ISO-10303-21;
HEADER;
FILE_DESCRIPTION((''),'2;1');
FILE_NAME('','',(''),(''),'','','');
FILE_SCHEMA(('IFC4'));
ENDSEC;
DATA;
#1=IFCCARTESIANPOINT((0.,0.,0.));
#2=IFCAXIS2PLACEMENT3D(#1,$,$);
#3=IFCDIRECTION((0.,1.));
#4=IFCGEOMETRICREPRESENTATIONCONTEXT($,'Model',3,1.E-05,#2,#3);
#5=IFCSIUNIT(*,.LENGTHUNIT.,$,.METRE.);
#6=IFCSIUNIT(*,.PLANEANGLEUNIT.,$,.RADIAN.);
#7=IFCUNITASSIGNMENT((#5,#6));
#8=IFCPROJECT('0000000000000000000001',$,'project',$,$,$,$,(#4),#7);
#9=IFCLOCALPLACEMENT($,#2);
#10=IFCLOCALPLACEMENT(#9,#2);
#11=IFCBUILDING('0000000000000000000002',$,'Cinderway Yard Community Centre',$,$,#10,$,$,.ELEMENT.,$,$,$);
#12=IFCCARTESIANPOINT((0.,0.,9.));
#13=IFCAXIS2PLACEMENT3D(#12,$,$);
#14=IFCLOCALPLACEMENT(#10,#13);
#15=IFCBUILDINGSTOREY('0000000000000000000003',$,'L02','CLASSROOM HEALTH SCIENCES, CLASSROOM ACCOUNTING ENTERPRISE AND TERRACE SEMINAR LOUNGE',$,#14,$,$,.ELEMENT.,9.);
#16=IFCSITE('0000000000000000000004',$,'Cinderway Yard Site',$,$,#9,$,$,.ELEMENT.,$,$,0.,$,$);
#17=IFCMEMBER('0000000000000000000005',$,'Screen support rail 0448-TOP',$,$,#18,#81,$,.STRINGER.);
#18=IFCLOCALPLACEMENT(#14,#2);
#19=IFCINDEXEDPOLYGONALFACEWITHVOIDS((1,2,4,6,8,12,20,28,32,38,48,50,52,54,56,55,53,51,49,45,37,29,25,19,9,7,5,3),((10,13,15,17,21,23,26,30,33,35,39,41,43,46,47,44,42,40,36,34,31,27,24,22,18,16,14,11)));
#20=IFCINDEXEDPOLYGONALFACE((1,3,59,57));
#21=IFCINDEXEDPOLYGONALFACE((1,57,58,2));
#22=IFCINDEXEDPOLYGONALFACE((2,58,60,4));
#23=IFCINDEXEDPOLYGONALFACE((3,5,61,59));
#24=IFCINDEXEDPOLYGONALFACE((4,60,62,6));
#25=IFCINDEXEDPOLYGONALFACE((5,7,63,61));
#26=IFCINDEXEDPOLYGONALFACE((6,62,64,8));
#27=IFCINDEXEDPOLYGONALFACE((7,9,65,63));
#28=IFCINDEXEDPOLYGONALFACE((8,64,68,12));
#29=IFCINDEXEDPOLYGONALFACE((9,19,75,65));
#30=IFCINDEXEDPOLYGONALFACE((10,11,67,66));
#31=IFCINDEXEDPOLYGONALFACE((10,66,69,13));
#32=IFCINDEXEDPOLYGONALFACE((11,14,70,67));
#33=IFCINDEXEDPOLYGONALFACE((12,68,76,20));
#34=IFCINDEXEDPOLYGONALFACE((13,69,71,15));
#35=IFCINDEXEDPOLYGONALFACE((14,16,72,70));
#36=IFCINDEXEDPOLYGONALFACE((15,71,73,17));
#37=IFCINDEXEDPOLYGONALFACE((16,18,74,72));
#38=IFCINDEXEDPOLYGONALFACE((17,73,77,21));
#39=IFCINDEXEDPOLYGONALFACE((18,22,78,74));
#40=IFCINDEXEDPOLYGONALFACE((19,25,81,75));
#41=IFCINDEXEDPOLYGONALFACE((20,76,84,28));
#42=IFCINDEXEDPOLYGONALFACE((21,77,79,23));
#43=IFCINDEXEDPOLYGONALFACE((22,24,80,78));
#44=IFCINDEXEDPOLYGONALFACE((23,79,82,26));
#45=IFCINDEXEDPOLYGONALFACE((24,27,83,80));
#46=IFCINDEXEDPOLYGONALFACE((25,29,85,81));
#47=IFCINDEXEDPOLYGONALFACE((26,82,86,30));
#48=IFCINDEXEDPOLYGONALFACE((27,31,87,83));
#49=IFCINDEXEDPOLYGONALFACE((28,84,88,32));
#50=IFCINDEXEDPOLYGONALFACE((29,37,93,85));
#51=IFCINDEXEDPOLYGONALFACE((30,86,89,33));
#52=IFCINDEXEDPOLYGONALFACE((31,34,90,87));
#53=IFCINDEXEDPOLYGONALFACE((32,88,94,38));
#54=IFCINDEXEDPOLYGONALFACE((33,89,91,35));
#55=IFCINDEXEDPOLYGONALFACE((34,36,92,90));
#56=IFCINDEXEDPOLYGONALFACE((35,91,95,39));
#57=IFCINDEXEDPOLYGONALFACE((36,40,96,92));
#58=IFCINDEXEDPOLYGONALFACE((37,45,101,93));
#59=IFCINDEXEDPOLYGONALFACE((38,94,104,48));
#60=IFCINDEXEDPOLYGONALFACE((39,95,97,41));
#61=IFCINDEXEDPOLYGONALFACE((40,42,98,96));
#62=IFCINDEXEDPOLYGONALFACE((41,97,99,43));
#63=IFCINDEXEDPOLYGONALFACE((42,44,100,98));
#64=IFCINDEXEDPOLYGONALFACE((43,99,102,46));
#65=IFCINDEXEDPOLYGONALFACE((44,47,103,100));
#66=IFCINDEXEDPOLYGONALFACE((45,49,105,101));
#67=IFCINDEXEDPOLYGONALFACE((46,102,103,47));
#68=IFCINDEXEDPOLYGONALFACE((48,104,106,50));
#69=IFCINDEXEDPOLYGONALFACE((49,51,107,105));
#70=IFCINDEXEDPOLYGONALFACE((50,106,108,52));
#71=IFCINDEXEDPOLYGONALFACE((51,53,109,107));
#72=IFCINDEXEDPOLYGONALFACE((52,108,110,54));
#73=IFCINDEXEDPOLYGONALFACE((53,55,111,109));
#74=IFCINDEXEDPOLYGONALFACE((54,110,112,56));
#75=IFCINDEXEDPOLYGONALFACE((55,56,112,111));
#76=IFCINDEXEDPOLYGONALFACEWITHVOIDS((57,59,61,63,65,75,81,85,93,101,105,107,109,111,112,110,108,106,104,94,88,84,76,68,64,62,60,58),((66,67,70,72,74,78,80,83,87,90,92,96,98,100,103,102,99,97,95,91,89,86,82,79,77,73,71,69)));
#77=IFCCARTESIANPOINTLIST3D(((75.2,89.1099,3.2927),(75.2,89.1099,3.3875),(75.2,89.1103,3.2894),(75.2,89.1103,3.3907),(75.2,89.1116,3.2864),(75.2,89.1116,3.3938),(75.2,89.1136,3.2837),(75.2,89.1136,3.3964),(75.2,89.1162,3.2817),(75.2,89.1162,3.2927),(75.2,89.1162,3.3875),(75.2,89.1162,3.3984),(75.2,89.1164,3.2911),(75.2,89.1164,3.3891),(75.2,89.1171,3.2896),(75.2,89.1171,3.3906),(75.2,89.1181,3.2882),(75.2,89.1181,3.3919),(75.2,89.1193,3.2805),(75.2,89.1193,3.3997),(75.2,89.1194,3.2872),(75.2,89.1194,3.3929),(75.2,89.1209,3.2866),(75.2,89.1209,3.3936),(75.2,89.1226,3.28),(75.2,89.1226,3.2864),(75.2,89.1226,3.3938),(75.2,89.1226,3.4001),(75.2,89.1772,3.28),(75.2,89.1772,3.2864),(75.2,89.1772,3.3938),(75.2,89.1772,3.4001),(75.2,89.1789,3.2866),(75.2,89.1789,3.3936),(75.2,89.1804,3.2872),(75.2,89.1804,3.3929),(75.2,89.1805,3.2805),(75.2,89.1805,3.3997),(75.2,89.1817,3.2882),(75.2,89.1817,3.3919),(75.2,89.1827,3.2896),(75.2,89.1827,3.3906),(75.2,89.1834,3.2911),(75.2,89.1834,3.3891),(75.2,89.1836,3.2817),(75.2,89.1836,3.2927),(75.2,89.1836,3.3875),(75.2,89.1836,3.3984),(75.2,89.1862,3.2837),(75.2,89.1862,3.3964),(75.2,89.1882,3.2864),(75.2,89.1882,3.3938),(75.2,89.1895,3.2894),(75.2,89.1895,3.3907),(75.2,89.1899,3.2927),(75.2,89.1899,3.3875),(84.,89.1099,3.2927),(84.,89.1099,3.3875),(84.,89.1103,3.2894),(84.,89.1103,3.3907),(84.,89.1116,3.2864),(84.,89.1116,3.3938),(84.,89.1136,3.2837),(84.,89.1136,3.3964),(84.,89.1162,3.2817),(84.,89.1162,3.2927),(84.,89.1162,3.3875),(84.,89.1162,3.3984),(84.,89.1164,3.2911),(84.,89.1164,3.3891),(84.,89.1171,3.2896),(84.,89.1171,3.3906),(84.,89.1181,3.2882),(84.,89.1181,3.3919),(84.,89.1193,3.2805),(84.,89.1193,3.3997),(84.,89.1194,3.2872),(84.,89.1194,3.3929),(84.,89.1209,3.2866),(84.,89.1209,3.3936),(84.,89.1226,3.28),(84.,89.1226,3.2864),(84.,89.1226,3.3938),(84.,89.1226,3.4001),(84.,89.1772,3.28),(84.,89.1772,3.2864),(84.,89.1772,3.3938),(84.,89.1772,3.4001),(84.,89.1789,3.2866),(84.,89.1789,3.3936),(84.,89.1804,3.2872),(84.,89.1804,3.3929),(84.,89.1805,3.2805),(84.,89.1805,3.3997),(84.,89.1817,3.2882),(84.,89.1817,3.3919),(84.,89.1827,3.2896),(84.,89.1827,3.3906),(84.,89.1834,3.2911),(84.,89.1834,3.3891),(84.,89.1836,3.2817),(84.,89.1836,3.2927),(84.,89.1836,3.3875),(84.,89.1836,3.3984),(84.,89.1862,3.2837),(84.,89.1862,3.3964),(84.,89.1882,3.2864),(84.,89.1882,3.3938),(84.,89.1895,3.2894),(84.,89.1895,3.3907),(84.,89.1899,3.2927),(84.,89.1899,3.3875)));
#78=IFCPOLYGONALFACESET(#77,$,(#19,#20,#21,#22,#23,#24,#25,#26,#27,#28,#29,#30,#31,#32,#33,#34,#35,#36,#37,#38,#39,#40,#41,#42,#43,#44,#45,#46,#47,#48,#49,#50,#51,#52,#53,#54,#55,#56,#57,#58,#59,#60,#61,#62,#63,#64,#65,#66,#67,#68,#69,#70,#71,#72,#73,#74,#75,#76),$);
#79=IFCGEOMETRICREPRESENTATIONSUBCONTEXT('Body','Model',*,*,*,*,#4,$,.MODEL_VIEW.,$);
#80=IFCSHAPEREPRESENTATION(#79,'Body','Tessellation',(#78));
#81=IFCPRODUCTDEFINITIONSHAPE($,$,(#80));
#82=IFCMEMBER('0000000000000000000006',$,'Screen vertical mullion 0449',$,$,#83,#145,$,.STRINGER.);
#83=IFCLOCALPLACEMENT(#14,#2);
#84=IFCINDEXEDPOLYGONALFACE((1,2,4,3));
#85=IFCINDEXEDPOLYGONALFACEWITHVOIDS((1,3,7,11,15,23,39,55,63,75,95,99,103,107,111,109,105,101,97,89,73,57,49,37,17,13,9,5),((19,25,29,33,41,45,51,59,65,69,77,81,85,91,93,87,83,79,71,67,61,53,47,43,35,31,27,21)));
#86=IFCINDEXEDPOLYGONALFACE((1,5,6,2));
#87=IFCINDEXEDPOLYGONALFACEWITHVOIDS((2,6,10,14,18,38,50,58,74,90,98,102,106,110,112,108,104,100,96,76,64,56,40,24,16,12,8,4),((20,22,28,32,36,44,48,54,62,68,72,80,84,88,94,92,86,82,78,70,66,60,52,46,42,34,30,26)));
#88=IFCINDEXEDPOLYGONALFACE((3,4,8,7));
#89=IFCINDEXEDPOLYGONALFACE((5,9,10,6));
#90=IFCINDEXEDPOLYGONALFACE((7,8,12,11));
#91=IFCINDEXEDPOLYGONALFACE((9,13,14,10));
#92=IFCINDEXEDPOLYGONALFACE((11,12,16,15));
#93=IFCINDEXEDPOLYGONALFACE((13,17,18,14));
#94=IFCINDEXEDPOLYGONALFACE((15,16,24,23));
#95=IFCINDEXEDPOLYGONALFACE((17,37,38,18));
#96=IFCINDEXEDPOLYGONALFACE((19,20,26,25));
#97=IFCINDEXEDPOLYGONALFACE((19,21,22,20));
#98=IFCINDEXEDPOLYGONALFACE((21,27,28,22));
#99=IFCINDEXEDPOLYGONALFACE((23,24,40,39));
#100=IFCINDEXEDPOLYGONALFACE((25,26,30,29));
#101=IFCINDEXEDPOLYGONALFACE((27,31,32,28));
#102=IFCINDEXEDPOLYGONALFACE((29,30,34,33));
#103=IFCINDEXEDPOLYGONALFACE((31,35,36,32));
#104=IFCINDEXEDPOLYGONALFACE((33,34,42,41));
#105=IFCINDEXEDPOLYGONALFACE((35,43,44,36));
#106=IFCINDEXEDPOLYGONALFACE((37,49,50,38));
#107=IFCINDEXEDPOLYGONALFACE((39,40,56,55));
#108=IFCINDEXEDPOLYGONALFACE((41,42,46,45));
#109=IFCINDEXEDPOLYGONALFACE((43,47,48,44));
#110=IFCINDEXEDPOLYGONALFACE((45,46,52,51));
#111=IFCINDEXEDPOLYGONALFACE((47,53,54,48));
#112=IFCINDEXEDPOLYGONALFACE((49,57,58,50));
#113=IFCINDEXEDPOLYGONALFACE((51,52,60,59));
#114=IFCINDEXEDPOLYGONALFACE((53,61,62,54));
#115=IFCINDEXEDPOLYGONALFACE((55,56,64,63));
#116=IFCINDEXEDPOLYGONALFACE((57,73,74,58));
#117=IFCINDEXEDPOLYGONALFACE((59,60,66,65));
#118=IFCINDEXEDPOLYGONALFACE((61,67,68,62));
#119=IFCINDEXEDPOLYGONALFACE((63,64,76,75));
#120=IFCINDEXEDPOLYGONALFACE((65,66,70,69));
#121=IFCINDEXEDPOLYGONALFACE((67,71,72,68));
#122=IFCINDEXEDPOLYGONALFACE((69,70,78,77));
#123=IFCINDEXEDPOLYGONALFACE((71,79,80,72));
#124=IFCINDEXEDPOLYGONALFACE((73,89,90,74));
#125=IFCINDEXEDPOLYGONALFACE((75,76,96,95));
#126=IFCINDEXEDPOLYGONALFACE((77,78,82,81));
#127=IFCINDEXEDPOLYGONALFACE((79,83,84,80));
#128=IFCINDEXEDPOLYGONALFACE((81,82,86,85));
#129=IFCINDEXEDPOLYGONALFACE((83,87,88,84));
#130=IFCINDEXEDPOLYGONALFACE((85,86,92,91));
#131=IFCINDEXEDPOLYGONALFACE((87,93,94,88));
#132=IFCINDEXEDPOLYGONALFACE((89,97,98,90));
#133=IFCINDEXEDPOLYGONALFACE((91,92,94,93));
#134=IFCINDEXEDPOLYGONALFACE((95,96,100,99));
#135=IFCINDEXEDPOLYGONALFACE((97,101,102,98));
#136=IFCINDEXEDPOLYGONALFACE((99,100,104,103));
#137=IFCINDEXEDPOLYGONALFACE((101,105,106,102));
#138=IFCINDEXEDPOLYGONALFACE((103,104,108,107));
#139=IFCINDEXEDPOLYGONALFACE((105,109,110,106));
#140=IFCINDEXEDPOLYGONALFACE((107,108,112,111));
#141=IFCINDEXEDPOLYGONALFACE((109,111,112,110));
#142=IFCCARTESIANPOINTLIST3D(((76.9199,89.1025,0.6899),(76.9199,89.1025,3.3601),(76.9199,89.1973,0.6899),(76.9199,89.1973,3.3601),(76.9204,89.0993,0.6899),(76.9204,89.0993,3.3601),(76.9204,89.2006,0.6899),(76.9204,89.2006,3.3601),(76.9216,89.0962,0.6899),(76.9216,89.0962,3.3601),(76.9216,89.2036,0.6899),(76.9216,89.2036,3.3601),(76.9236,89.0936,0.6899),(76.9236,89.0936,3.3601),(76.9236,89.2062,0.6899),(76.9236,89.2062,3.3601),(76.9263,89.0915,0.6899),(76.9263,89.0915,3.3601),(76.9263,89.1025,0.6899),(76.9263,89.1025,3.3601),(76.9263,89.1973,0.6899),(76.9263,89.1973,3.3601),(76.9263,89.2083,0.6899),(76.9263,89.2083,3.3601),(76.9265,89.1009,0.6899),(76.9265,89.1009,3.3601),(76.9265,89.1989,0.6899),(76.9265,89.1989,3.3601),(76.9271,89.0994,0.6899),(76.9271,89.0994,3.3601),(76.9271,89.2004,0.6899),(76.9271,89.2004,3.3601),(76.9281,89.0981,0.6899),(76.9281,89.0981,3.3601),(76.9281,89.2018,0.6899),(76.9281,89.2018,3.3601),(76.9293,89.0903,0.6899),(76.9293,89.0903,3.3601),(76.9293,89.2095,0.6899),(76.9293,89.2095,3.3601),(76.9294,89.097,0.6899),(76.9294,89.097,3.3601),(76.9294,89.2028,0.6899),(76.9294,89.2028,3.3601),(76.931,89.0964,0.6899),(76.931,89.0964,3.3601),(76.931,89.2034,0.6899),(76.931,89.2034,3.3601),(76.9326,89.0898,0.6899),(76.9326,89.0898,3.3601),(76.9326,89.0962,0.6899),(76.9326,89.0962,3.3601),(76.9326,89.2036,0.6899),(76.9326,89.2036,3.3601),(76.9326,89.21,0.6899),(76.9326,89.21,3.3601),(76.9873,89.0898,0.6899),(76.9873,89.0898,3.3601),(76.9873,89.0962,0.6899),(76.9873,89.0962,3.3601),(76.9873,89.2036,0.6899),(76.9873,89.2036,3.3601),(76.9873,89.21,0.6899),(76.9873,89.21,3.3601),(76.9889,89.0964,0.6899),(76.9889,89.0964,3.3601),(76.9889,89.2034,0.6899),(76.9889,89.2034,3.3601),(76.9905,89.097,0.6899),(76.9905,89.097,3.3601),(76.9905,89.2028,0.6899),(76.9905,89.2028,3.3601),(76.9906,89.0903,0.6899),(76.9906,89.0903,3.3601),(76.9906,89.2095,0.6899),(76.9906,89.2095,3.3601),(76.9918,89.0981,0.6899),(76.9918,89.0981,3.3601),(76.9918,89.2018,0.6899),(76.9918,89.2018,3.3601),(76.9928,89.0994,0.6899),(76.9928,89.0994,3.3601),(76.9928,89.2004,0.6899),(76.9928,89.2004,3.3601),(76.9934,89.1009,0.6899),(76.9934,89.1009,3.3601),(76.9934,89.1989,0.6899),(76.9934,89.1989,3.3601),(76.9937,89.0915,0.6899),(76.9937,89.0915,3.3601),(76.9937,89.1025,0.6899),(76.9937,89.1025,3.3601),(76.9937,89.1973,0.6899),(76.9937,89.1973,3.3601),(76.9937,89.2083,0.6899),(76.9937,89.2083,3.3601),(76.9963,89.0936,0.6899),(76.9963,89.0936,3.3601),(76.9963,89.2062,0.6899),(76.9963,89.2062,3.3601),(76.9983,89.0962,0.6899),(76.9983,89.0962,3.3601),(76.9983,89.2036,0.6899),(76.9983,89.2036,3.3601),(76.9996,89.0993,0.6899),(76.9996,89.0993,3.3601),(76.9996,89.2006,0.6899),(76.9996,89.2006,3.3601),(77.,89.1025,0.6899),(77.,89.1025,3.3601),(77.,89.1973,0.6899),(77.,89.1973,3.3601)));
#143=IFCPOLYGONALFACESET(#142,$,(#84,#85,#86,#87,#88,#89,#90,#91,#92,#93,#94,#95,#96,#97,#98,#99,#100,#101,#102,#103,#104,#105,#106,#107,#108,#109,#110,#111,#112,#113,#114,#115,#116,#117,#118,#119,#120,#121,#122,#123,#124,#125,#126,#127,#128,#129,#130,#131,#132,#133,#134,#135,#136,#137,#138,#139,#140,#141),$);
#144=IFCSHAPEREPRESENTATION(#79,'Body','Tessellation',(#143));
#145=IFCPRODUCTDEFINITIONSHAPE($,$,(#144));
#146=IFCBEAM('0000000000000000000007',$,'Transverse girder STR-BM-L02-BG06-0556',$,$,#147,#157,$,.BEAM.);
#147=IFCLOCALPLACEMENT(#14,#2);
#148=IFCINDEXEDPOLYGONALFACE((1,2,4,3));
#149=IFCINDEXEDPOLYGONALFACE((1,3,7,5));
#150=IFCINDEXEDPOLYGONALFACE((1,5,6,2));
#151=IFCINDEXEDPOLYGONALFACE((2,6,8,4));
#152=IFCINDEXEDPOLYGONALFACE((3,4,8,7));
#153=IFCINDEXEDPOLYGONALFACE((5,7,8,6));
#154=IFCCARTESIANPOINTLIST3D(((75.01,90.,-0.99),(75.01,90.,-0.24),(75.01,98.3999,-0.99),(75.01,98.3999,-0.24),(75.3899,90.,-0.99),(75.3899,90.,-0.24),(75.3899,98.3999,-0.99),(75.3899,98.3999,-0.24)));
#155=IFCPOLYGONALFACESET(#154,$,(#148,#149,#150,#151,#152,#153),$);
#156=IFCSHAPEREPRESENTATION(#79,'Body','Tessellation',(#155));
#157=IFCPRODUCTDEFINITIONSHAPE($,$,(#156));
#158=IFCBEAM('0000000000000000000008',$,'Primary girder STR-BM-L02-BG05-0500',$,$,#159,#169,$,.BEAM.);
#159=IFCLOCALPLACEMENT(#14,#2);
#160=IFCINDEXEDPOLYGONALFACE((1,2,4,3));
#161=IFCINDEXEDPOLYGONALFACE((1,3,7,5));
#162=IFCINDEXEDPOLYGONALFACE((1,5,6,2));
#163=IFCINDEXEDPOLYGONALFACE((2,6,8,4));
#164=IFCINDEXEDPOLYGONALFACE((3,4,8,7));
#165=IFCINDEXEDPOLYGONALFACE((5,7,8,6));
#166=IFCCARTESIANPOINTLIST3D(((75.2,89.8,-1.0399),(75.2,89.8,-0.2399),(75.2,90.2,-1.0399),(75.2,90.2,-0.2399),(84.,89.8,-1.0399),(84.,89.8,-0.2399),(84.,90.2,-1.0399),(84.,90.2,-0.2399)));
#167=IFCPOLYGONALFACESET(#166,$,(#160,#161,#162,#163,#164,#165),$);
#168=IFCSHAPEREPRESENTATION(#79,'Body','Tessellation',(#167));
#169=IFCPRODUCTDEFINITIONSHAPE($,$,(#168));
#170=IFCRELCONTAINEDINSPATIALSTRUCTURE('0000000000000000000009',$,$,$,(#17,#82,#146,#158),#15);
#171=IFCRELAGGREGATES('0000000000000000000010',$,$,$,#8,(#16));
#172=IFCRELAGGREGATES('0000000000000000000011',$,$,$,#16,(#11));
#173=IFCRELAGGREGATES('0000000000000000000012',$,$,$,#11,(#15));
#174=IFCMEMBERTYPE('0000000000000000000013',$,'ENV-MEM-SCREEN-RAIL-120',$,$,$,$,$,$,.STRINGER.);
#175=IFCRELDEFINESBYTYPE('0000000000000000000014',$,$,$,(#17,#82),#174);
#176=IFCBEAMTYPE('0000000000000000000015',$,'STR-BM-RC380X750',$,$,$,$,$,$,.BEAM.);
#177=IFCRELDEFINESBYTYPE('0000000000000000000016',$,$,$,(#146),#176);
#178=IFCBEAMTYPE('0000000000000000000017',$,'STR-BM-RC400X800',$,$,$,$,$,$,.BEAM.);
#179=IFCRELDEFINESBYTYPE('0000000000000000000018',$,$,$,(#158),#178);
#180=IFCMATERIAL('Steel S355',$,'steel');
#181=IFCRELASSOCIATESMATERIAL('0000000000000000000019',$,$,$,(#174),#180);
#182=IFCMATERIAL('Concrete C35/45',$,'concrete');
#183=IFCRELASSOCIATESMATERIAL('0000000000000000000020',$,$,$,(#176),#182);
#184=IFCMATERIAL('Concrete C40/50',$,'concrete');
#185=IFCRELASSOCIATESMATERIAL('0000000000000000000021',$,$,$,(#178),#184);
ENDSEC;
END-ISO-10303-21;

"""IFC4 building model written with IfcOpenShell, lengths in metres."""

from ifc_helpers import new_model, si_unit, direction, frame, origin, origin_2d, place, context, subcontext, project, spatial, rectangle, hollow_rectangle, extrude, material, material_profile, profile_set, type_object, element, save


model = new_model("IFC4")

# Units and contexts
model_context = context("Model", 3, precision=1e-05, world=origin(), true_north=direction((0.0, 1.0)))
body_context = subcontext(model_context, "Body", "Model", "MODEL_VIEW")
ifc_project = project(units=[si_unit("LENGTHUNIT", "METRE"), si_unit("PLANEANGLEUNIT", "RADIAN")], contexts=[model_context])

# Site, building, storey
site_placement = place(None, origin())
site = spatial("IfcSite", under=ifc_project, at=site_placement, Name="Cinderway Yard Site", CompositionType="ELEMENT", RefElevation=0.0)
building_placement = place(site_placement, origin())
building = spatial("IfcBuilding", under=site, at=building_placement, Name="Cinderway Yard Community Centre", CompositionType="ELEMENT")
storey_placement = place(building_placement, frame((0.0, 0.0, 9.0)))
storey = spatial("IfcBuildingStorey", under=building, at=storey_placement, Name="L02", Description="CLASSROOM HEALTH SCIENCES, CLASSROOM ACCOUNTING ENTERPRISE AND TERRACE SEMINAR LOUNGE", CompositionType="ELEMENT", Elevation=9.0)

# Shared definitions
ifc_material_1 = material(Name="Concrete C40/50", Category="concrete")

# Members
ifc_material_2 = material(Name="Steel S355", Category="steel")
ifc_material_profile_1 = material_profile(ifc_material_2, hollow_rectangle(XDim=0.0801, YDim=0.1201, WallThickness=0.0063, InnerFilletRadius=0.0063, OuterFilletRadius=0.0127, at=origin_2d()), Name="Steel S355")
ifc_profile_set_1 = profile_set([ifc_material_profile_1], Name="Steel S355")
member_type_1 = type_object("IfcMemberType", Name="ENV-MEM-SCREEN-RAIL-120", PredefinedType="STRINGER", material=ifc_profile_set_1)
for number, where, z_axis, x_axis, name in (
    (1, (75.2, 89.1499, 3.3401), (1.0, 0.0, 0.0), (0.0, 1.0, 0.0), "Screen support rail 0448-TOP"),
):
    element("IfcMember", number, at=place(storey_placement, frame(where, z_axis=z_axis, x_axis=x_axis)), inside=storey, type_object=member_type_1, Name=name, PredefinedType="STRINGER", context=body_context, shape_type="SweptSolid", body=[
        extrude(hollow_rectangle(XDim=0.0801, YDim=0.1201, WallThickness=0.0063, InnerFilletRadius=0.0063, OuterFilletRadius=0.0127, at=origin_2d()), origin(), (0.0, 0.0, 1.0), 8.8),
    ])
member_1_placement = place(storey_placement, frame((76.96, 89.1499, 0.6899), z_axis=(0.0, 0.0, 1.0), x_axis=(1.0, 0.0, 0.0)))
element("IfcMember", 2, at=member_1_placement, inside=storey, type_object=member_type_1, Name="Screen vertical mullion 0449", PredefinedType="STRINGER", context=body_context, shape_type="SweptSolid", body=[
    extrude(hollow_rectangle(XDim=0.0801, YDim=0.1201, WallThickness=0.0063, InnerFilletRadius=0.0063, OuterFilletRadius=0.0127, at=origin_2d()), origin(), (0.0, 0.0, 1.0), 2.6702),
])

# Beams
ifc_material_3 = material(Name="Concrete C35/45", Category="concrete")
ifc_material_profile_2 = material_profile(ifc_material_3, rectangle(XDim=0.3799, YDim=0.75, at=origin_2d()), Name="Concrete C35/45")
ifc_profile_set_2 = profile_set([ifc_material_profile_2], Name="Concrete C35/45")
beam_type_1 = type_object("IfcBeamType", Name="STR-BM-RC380X750", PredefinedType="BEAM", material=ifc_profile_set_2)
beam_1_placement = place(storey_placement, frame((75.2, 90.0, -0.615), z_axis=(0.0, 1.0, 0.0), x_axis=(-1.0, 0.0, 0.0)))
element("IfcBeam", 3, at=beam_1_placement, inside=storey, type_object=beam_type_1, Name="Transverse girder STR-BM-L02-BG06-0556", PredefinedType="BEAM", context=body_context, shape_type="SweptSolid", body=[
    extrude(rectangle(XDim=0.3799, YDim=0.75, at=origin_2d()), origin(), (0.0, 0.0, 1.0), 8.3999),
])
ifc_material_profile_3 = material_profile(ifc_material_1, rectangle(XDim=0.3999, YDim=0.8, at=origin_2d()), Name="Concrete C40/50")
ifc_profile_set_3 = profile_set([ifc_material_profile_3], Name="Concrete C40/50")
beam_type_2 = type_object("IfcBeamType", Name="STR-BM-RC400X800", PredefinedType="BEAM", material=ifc_profile_set_3)
beam_2_placement = place(storey_placement, frame((75.2, 90.0, -0.6399), z_axis=(1.0, 0.0, 0.0), x_axis=(0.0, 1.0, 0.0)))
element("IfcBeam", 4, at=beam_2_placement, inside=storey, type_object=beam_type_2, Name="Primary girder STR-BM-L02-BG05-0500", PredefinedType="BEAM", context=body_context, shape_type="SweptSolid", body=[
    extrude(rectangle(XDim=0.3999, YDim=0.8, at=origin_2d()), origin(), (0.0, 0.0, 1.0), 8.8),
])

save(model, "model.ifc")
